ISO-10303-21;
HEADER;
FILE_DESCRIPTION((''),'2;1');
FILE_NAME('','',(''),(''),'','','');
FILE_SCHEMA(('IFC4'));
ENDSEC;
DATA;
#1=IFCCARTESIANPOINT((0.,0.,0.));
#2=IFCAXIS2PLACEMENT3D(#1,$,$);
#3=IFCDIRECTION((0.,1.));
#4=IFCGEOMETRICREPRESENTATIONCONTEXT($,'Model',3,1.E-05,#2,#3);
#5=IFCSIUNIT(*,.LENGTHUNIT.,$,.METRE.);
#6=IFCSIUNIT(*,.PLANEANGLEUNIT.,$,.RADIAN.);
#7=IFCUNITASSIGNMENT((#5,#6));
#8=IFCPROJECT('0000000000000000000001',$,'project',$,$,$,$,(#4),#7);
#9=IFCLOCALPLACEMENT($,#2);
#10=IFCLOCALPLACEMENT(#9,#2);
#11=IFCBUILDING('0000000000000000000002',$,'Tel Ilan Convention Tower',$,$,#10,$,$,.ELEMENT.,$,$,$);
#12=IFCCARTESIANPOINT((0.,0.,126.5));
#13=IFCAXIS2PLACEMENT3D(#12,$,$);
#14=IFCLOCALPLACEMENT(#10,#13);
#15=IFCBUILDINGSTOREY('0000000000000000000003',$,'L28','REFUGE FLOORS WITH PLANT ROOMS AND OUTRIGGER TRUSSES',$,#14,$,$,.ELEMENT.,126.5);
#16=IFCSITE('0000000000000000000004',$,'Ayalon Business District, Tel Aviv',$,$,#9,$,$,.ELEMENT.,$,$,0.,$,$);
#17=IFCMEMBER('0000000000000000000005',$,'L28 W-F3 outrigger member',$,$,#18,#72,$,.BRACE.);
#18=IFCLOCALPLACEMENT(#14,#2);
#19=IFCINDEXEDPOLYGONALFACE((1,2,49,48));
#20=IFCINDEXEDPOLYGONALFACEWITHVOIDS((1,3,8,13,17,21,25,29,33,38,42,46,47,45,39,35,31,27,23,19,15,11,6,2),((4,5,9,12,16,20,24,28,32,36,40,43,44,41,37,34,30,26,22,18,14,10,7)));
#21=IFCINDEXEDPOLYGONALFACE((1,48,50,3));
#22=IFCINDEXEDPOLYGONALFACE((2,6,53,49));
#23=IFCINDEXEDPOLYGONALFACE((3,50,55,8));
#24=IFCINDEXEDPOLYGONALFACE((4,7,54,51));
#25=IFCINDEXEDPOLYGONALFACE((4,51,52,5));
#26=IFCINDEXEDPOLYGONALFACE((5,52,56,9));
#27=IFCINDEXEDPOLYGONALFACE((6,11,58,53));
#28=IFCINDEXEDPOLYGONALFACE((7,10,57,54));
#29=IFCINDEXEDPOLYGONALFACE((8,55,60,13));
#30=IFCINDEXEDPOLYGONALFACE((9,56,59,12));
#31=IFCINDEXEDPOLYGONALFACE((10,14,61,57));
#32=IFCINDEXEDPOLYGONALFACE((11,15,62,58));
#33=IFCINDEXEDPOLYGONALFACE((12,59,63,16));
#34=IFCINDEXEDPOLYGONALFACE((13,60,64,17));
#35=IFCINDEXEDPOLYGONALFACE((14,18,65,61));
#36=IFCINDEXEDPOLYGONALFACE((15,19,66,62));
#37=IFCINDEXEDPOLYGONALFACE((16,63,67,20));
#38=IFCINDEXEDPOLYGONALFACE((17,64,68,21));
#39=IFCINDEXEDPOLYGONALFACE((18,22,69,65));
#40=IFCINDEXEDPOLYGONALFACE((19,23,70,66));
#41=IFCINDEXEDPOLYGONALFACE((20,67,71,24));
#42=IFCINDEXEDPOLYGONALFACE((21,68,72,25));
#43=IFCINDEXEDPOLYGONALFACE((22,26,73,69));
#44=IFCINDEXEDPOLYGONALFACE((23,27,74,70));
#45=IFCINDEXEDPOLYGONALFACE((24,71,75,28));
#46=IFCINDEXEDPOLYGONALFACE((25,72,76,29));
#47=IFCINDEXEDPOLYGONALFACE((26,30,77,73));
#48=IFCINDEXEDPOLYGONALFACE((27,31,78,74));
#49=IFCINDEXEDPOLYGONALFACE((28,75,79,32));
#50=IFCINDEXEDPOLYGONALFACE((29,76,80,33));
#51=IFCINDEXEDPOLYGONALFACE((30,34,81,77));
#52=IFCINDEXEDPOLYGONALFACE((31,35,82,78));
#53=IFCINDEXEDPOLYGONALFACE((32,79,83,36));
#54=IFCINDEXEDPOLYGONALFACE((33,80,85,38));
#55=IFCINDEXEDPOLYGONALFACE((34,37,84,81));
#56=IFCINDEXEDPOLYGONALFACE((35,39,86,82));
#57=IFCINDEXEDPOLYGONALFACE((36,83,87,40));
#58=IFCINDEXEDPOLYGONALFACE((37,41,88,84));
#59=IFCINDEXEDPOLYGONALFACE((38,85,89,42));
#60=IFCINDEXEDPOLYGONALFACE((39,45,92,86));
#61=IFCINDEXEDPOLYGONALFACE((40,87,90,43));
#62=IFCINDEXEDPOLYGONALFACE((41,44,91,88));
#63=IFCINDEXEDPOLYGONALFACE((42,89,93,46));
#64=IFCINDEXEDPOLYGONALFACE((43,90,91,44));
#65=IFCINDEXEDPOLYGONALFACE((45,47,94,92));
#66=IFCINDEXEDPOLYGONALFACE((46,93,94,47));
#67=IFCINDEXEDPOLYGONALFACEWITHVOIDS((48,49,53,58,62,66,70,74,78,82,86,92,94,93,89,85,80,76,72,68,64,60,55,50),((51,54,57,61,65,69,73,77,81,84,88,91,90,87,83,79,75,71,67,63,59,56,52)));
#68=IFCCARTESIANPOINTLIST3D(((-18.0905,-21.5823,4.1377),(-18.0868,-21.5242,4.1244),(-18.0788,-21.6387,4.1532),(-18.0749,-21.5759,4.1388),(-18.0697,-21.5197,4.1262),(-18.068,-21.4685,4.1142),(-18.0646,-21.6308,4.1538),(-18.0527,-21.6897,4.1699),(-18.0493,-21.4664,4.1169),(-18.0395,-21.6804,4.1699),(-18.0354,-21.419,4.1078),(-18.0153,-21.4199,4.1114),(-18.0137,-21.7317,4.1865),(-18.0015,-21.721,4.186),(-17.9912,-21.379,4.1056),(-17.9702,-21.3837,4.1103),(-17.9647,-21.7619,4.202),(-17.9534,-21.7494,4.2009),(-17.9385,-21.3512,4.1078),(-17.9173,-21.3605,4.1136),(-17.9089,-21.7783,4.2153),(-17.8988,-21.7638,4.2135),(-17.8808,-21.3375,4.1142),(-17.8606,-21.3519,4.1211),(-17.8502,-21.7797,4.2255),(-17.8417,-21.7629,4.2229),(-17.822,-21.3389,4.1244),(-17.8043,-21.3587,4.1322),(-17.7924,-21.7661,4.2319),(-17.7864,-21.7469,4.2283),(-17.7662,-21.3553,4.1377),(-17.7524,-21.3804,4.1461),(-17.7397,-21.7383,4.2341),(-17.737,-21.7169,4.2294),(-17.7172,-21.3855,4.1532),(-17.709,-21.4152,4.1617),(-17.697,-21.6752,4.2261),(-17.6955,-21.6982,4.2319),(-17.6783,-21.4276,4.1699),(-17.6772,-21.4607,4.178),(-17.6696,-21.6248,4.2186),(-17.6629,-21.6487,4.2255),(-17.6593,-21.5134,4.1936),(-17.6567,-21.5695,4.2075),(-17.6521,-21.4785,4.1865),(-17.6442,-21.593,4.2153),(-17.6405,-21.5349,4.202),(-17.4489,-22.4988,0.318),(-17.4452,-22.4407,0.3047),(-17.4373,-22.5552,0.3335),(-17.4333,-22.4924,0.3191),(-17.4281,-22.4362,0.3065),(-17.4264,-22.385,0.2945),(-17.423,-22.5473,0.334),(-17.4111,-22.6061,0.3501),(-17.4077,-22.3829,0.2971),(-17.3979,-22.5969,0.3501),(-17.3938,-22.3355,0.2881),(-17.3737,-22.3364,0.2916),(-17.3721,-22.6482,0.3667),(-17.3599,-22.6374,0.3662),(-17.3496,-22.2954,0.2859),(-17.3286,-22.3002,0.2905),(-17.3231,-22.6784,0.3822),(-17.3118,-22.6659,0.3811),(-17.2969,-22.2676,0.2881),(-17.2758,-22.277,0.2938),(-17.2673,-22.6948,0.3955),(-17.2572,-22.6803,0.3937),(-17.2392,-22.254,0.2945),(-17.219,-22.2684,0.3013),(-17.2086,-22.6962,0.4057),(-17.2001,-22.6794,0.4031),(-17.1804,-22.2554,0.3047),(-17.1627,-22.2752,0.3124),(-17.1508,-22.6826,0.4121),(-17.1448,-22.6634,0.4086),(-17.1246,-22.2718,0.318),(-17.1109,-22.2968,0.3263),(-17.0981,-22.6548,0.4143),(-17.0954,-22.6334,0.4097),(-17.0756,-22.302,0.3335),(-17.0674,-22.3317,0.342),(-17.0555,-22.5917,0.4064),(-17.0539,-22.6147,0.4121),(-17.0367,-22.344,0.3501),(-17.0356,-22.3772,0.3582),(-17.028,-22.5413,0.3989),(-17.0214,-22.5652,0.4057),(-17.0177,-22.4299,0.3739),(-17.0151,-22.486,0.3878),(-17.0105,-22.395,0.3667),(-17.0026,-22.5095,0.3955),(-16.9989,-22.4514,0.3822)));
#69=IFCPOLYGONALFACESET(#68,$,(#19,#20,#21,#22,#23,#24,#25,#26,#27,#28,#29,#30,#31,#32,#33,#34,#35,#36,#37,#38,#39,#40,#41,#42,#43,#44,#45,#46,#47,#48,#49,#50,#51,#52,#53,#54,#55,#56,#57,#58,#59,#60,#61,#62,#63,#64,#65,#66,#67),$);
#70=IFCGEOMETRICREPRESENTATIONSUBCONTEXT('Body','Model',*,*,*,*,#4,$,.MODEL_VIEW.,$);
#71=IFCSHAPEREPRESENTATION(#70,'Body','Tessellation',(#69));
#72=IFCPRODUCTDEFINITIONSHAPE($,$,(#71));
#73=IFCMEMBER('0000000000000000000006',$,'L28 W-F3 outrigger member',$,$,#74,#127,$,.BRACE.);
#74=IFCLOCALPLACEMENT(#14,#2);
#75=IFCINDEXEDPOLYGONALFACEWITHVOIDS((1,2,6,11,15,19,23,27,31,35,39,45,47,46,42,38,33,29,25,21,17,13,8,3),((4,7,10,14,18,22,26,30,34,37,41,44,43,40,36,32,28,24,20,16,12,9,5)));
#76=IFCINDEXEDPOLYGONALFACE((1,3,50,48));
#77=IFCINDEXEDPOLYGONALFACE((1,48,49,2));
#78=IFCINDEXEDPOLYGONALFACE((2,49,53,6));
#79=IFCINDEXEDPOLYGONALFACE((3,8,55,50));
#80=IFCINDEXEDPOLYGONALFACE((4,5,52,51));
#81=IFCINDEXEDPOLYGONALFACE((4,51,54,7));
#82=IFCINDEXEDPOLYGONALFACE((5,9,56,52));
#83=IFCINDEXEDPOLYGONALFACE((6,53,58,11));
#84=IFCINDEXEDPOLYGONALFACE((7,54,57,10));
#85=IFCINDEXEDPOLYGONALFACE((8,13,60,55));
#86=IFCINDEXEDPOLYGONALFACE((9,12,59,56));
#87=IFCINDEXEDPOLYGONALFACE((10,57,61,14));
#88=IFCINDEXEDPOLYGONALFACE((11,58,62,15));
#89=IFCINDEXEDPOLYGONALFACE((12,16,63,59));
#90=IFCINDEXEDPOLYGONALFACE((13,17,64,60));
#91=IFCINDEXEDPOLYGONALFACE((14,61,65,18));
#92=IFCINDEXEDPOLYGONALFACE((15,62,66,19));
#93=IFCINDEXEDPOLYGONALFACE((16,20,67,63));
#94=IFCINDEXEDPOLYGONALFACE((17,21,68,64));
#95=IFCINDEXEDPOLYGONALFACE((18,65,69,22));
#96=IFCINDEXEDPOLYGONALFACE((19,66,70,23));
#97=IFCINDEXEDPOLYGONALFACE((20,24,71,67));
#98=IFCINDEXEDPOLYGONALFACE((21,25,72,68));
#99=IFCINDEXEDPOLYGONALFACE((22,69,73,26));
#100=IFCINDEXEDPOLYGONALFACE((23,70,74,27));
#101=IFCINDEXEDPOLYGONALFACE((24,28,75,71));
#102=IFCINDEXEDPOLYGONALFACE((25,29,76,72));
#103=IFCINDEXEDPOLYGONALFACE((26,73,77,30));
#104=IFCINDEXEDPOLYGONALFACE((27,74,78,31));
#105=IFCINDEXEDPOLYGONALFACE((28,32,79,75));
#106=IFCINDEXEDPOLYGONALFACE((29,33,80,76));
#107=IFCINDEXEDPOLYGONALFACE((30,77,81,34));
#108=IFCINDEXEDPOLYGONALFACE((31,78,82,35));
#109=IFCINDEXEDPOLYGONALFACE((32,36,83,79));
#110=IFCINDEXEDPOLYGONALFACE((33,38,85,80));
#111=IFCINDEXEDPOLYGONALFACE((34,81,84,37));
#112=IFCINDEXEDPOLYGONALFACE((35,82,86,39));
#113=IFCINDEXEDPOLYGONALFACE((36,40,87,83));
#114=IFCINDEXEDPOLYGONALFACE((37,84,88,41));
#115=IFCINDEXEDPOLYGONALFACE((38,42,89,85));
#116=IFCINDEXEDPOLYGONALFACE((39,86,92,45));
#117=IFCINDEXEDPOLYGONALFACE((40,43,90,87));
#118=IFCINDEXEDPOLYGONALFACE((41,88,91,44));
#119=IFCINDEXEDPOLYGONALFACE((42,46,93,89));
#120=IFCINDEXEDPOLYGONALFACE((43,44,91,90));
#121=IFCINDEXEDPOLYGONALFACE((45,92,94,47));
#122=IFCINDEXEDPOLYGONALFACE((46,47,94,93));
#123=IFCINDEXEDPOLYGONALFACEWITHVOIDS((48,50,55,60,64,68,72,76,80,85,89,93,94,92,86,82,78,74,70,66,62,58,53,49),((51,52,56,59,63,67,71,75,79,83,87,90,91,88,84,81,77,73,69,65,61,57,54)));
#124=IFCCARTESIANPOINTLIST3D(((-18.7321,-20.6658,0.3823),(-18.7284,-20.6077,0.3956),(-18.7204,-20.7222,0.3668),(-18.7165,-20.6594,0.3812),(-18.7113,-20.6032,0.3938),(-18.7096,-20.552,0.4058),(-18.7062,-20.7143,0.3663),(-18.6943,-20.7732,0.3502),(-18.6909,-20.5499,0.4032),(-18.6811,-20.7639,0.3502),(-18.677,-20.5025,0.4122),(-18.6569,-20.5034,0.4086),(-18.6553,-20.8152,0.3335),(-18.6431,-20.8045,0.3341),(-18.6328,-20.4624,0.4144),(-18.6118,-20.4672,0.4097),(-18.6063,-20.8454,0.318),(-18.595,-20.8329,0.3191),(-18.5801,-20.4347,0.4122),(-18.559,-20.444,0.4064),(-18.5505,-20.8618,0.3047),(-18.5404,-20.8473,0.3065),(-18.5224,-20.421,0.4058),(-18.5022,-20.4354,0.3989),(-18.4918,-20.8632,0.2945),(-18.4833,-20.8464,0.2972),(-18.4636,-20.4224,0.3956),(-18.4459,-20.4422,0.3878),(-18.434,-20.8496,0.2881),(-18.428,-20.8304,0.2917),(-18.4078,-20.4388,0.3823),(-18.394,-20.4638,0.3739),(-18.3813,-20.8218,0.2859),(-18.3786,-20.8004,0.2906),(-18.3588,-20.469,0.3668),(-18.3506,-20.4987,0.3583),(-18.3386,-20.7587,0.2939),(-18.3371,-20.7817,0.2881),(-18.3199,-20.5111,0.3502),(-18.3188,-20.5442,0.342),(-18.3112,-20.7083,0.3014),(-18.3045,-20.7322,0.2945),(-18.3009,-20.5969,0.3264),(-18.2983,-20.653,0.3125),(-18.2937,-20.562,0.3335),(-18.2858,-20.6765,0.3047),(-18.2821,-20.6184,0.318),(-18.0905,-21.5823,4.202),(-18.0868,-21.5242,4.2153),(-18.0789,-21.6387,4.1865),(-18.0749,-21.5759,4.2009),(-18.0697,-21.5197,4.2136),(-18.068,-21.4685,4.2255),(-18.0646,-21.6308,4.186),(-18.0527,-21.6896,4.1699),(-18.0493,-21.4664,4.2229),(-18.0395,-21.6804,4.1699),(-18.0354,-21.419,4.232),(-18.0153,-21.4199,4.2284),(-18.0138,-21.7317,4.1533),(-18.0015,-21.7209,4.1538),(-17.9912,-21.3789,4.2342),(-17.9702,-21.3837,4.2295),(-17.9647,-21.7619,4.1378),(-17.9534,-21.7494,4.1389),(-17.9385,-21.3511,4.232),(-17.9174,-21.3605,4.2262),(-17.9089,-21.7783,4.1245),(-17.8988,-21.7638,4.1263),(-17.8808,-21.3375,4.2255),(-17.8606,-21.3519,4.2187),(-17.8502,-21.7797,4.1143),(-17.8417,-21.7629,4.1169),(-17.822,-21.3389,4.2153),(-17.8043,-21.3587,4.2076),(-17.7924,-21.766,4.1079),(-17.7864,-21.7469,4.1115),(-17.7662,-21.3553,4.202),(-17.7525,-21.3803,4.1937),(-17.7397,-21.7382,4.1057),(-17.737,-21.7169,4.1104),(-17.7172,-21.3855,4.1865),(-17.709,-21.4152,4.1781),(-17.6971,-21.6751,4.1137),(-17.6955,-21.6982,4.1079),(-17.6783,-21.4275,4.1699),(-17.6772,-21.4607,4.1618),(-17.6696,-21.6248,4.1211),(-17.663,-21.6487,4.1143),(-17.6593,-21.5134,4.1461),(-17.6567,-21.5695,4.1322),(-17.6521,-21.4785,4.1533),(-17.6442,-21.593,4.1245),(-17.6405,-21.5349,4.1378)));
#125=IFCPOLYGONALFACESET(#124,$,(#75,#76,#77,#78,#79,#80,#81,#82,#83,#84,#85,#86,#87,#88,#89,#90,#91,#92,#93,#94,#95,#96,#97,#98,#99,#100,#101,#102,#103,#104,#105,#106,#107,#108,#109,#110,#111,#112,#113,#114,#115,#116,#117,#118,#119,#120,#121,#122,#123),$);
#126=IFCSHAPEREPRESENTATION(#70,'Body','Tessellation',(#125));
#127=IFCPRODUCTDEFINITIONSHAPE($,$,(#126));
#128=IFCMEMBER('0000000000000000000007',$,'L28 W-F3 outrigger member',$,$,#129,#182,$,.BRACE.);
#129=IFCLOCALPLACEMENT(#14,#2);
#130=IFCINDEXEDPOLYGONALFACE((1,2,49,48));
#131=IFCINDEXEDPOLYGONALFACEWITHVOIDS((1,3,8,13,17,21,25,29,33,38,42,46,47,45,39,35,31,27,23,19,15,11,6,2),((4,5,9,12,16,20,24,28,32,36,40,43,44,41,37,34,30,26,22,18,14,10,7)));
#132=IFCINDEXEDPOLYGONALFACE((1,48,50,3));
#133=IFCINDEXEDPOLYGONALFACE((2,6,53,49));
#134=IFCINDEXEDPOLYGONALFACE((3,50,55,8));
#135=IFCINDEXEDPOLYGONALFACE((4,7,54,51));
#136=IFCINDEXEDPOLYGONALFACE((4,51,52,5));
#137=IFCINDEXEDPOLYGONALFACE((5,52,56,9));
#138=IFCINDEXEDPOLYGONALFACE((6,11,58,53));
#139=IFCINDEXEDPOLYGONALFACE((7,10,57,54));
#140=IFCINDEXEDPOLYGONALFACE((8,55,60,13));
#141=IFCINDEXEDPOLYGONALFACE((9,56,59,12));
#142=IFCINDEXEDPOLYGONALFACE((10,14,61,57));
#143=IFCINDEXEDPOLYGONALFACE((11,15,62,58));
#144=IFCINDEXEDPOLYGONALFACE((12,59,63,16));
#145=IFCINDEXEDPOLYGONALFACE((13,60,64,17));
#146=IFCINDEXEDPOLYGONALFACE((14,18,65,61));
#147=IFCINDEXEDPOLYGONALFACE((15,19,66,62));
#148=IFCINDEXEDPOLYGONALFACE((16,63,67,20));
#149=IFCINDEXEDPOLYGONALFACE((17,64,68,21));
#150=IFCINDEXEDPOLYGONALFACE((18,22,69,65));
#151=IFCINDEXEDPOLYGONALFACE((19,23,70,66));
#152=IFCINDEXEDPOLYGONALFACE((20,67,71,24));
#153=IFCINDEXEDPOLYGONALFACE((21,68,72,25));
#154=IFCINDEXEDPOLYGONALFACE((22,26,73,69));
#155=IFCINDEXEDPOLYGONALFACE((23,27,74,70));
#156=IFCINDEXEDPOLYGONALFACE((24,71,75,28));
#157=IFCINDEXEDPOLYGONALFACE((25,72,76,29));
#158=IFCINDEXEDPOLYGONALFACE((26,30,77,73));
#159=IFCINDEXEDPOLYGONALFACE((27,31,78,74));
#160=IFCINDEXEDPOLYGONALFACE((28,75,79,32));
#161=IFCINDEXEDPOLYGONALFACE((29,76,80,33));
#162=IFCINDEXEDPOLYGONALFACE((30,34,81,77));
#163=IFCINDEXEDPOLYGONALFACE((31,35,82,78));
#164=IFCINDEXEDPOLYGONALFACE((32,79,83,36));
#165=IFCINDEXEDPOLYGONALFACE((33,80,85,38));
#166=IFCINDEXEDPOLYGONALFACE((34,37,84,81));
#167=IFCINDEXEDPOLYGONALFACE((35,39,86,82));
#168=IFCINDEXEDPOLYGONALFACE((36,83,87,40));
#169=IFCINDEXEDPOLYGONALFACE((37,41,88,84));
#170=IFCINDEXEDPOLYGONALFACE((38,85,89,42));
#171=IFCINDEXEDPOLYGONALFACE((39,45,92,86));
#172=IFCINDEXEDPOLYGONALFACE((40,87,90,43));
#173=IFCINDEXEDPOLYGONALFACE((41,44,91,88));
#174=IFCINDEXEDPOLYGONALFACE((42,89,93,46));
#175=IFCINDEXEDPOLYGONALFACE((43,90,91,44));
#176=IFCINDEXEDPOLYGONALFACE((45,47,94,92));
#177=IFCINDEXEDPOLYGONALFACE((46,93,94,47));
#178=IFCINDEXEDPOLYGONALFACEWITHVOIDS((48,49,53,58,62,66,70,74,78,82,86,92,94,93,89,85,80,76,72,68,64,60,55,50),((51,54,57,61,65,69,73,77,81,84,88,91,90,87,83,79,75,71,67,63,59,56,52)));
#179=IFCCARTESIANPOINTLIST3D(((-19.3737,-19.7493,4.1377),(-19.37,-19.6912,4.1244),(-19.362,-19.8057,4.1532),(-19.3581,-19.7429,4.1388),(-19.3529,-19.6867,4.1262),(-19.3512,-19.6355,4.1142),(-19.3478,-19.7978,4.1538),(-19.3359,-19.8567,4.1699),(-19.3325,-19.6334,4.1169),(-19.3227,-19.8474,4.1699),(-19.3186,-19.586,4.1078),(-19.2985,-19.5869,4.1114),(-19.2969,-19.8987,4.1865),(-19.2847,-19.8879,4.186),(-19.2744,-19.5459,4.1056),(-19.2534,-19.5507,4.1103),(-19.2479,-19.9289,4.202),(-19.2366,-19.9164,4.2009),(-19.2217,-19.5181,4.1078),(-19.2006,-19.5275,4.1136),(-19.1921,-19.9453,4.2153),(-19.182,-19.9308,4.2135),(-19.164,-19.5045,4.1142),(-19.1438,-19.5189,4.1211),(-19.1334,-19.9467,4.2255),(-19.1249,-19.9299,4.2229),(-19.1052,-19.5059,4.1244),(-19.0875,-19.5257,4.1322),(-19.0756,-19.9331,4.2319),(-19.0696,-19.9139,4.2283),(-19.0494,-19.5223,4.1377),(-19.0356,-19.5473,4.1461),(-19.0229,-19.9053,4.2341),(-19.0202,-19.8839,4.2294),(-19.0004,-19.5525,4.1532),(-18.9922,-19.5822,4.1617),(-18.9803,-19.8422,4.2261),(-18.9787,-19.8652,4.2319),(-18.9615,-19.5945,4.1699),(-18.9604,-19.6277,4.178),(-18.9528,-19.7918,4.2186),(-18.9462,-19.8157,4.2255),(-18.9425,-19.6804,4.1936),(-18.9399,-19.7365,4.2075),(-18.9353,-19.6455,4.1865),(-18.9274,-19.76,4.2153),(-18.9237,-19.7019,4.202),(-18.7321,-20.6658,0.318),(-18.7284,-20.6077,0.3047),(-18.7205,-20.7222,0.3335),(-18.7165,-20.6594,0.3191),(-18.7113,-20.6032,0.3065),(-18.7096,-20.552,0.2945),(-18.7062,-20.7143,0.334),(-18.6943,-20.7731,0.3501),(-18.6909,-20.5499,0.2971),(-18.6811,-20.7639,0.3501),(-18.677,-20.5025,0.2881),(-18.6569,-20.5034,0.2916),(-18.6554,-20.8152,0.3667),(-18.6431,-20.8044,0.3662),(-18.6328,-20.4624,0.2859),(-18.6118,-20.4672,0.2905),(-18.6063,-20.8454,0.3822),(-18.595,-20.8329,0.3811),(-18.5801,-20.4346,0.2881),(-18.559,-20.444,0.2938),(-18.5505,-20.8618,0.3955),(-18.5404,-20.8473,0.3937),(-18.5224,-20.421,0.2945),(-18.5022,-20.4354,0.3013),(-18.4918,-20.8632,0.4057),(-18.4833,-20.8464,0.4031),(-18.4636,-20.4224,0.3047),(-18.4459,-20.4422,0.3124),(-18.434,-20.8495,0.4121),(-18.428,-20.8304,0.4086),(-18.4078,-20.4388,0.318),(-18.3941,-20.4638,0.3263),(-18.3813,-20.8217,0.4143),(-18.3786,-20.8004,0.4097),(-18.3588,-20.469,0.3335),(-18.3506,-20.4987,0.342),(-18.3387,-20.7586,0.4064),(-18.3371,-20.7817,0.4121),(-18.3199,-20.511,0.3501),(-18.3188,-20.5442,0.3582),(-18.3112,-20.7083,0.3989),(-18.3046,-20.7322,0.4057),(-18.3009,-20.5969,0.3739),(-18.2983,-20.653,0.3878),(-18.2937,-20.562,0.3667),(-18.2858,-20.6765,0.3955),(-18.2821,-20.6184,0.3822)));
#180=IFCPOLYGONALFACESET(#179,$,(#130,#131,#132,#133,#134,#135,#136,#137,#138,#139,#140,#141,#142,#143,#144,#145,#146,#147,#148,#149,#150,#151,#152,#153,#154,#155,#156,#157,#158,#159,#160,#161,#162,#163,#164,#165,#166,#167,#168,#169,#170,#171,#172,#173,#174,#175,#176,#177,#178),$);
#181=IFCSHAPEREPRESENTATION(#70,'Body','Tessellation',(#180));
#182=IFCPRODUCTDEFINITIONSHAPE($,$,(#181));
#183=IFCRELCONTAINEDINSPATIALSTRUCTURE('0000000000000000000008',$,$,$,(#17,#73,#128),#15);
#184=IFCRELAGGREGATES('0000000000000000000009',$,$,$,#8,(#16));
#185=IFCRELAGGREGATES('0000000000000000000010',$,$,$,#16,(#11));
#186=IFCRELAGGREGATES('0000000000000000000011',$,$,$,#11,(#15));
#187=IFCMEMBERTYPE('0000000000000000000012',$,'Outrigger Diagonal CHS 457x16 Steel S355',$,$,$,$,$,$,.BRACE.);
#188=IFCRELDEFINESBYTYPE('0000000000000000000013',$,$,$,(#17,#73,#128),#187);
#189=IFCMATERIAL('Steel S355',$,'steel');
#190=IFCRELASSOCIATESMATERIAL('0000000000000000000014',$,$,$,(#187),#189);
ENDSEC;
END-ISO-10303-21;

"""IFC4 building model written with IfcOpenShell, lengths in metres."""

from ifc_helpers import new_model, si_unit, direction, frame, origin, origin_2d, place, context, subcontext, project, spatial, hollow_circle, extrude, material, material_profile, profile_set, type_object, element, save


model = new_model("IFC4")

# Units and contexts
model_context = context("Model", 3, precision=1e-05, world=origin(), true_north=direction((0.0, 1.0)))
body_context = subcontext(model_context, "Body", "Model", "MODEL_VIEW")
ifc_project = project(units=[si_unit("LENGTHUNIT", "METRE"), si_unit("PLANEANGLEUNIT", "RADIAN")], contexts=[model_context])

# Site, building, storey
site_placement = place(None, origin())
site = spatial("IfcSite", under=ifc_project, at=site_placement, Name="Ayalon Business District, Tel Aviv", CompositionType="ELEMENT", RefElevation=0.0)
building_placement = place(site_placement, origin())
building = spatial("IfcBuilding", under=site, at=building_placement, Name="Tel Ilan Convention Tower", CompositionType="ELEMENT")
storey_placement = place(building_placement, frame((0.0, 0.0, 126.5)))
storey = spatial("IfcBuildingStorey", under=building, at=storey_placement, Name="L28", Description="REFUGE FLOORS WITH PLANT ROOMS AND OUTRIGGER TRUSSES", CompositionType="ELEMENT", Elevation=126.5)

# Members
ifc_material_1 = material(Name="Steel S355", Category="steel")
ifc_material_profile_1 = material_profile(ifc_material_1, hollow_circle(Radius=0.2285, WallThickness=0.0161, at=origin_2d()), Name="CHS 457x16")
ifc_profile_set_1 = profile_set([ifc_material_profile_1], Name="Steel S355")
member_type_1 = type_object("IfcMemberType", Name="Outrigger Diagonal CHS 457x16 Steel S355", PredefinedType="BRACE", material=ifc_profile_set_1)
for number, where, z_axis, x_axis, name in (
    (1, (-17.2239, -22.4751, 0.3501), (-0.161195, 0.230261, 0.959685), (-0.819211, -0.573492, 0.0), "L28 W-F3 outrigger member"),
    (2, (-17.8655, -21.5586, 4.1699), (-0.161195, 0.230261, -0.959685), (-0.819211, -0.573492, 0.0), "L28 W-F3 outrigger member"),
    (3, (-18.5071, -20.6421, 0.3501), (-0.161195, 0.230261, 0.959685), (-0.819211, -0.573492, 0.0), "L28 W-F3 outrigger member"),
):
    element("IfcMember", number, at=place(storey_placement, frame(where, z_axis=z_axis, x_axis=x_axis)), inside=storey, type_object=member_type_1, Name=name, PredefinedType="BRACE", context=body_context, shape_type="SweptSolid", body=[
        extrude(hollow_circle(Radius=0.2285, WallThickness=0.0161, at=origin_2d()), origin(), (0.0, 0.0, 1.0), 3.9802),
    ])

save(model, "model.ifc")
